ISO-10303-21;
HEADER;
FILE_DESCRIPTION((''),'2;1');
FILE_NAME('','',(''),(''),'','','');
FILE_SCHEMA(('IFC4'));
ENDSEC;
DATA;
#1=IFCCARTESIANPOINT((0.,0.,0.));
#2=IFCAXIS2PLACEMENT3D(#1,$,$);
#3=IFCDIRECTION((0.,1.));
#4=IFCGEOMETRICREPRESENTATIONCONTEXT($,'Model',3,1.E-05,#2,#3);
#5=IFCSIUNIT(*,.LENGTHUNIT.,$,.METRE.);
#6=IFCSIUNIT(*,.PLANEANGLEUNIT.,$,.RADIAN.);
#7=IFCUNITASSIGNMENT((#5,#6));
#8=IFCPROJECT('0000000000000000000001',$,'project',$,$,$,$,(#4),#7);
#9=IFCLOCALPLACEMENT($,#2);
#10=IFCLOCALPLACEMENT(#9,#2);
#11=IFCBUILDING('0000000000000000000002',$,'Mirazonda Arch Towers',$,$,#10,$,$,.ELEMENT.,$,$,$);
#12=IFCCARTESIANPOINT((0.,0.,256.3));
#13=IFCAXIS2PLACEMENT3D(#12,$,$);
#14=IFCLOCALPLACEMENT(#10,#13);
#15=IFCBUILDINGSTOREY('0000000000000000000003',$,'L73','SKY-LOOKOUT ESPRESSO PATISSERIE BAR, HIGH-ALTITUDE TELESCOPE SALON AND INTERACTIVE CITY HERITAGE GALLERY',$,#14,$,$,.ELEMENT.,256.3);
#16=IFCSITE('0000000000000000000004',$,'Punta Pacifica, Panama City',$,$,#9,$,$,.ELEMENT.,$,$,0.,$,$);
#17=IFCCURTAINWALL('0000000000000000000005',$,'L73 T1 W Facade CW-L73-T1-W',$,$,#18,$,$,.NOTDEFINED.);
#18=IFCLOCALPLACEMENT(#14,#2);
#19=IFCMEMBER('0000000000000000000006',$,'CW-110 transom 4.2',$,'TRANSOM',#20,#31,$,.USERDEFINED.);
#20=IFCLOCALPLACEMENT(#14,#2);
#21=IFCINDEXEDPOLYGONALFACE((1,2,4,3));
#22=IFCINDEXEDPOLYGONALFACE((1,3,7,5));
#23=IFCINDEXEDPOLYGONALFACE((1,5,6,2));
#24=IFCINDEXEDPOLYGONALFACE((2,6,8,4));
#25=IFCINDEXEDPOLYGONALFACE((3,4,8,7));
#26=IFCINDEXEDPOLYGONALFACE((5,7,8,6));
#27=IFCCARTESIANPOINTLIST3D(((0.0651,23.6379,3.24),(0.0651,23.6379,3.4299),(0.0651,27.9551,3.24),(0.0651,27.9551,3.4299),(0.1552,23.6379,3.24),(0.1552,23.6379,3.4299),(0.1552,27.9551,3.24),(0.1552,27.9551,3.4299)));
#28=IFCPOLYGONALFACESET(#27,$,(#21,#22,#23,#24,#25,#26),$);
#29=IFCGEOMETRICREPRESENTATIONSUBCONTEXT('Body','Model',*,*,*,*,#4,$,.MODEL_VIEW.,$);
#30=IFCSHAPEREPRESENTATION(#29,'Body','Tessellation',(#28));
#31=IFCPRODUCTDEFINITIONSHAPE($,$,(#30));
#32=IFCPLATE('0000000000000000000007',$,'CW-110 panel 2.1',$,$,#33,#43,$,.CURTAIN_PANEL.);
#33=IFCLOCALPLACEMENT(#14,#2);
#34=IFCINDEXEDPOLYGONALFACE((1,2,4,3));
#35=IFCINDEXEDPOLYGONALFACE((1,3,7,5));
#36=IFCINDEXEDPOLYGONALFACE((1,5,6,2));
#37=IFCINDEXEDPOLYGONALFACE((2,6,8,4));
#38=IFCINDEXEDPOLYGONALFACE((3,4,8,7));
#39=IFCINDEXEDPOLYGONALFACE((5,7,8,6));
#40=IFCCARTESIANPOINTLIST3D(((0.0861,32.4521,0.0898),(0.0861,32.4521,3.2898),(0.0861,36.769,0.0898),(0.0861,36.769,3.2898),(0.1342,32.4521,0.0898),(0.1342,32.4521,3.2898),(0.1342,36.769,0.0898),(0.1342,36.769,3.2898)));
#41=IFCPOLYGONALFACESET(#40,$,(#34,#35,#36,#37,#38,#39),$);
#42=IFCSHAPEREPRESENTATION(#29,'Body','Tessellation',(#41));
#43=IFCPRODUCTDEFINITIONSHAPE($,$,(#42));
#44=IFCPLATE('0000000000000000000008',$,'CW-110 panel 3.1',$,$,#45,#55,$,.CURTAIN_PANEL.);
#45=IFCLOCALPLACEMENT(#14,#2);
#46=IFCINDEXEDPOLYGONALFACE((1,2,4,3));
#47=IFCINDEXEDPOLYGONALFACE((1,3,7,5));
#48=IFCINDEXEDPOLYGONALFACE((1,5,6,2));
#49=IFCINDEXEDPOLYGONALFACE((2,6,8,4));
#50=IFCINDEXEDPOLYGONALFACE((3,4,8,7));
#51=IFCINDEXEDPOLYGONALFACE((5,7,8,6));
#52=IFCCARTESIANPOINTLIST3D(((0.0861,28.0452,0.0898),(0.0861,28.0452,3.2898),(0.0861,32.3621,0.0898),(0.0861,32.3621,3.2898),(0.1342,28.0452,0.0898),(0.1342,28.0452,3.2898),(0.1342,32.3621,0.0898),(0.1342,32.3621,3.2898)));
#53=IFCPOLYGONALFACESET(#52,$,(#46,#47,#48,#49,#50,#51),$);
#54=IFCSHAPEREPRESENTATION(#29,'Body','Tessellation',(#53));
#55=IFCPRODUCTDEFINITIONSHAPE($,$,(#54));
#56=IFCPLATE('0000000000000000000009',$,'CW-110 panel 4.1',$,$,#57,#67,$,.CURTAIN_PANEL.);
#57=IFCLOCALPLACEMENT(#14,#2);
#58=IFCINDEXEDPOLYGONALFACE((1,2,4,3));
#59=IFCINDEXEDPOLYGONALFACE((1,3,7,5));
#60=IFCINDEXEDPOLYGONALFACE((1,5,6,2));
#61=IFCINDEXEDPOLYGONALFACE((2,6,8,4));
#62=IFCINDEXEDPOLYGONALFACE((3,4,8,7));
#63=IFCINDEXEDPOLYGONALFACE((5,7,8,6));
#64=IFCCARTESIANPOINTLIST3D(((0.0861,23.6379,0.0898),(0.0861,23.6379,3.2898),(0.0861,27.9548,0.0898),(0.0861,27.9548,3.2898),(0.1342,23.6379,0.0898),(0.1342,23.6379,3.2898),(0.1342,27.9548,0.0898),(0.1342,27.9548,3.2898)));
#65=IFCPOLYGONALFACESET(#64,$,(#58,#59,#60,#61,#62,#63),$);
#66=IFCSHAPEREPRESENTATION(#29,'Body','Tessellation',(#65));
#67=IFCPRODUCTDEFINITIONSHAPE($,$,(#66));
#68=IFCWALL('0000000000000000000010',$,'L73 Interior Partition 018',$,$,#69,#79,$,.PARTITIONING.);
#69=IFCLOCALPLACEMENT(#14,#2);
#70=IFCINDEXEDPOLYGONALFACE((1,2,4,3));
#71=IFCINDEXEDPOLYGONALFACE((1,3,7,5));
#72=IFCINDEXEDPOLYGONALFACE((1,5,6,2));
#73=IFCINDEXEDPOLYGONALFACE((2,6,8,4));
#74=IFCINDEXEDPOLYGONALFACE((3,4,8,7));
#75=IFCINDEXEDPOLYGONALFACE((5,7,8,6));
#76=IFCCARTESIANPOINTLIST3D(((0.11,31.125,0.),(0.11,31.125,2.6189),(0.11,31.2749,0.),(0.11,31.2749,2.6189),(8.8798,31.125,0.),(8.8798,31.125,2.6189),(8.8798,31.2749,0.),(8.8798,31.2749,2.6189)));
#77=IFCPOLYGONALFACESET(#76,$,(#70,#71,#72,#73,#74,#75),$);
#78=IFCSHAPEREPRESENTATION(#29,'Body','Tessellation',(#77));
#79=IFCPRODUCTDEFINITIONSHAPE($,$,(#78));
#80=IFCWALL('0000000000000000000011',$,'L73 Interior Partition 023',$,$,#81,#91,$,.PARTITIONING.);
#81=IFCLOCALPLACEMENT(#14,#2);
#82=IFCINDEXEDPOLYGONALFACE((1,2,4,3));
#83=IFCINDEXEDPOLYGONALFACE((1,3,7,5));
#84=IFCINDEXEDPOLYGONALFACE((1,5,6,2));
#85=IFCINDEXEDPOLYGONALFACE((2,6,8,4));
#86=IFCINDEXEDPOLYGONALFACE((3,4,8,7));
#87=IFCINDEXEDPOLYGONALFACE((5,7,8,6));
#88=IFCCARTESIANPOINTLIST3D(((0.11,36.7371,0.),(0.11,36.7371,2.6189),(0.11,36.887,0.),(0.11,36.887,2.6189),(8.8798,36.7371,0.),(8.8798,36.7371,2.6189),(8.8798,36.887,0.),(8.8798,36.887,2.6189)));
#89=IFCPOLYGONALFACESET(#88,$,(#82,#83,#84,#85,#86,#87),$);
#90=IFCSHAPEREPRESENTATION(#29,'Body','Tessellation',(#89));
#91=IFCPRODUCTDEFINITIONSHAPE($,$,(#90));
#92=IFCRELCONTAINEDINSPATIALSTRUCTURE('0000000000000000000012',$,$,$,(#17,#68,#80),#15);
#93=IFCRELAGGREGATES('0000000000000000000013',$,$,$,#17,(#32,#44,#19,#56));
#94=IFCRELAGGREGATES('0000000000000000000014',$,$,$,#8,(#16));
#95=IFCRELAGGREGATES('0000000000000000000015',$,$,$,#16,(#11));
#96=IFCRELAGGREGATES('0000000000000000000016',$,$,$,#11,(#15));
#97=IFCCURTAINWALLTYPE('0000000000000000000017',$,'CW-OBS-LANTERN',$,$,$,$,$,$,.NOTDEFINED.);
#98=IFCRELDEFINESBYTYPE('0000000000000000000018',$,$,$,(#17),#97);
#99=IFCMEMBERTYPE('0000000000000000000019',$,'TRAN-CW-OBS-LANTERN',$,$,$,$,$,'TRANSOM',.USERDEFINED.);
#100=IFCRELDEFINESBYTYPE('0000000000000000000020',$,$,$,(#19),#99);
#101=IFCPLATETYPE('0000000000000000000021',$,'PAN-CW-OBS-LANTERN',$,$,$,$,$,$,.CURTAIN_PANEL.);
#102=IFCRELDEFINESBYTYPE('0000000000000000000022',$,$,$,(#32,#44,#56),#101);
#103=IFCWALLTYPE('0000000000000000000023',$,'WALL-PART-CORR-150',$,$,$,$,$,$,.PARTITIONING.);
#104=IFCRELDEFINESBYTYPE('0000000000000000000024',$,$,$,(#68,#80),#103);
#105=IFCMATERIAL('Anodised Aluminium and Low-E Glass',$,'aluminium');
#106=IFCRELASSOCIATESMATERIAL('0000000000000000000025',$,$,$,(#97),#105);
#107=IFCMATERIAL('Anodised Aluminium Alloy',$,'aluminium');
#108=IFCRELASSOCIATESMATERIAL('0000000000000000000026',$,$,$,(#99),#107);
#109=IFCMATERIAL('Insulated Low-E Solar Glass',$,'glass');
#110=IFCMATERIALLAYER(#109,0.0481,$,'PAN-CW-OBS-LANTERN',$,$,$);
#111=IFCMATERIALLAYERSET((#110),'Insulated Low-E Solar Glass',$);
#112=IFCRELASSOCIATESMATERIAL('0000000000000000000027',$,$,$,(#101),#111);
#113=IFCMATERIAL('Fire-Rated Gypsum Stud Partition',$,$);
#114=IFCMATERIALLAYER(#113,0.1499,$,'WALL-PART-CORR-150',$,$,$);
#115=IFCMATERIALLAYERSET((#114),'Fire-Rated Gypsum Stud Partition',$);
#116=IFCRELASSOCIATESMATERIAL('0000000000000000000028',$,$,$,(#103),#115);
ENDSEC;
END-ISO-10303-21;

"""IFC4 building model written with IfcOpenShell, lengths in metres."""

from ifc_helpers import new_model, si_unit, direction, frame, frame_2d, origin, origin_2d, place, context, subcontext, project, spatial, rectangle, extrude, material, layer, layer_set, material_profile, profile_set, type_object, element, aggregate, save


model = new_model("IFC4")

# Units and contexts
model_context = context("Model", 3, precision=1e-05, world=origin(), true_north=direction((0.0, 1.0)))
body_context = subcontext(model_context, "Body", "Model", "MODEL_VIEW")
ifc_project = project(units=[si_unit("LENGTHUNIT", "METRE"), si_unit("PLANEANGLEUNIT", "RADIAN")], contexts=[model_context])

# Site, building, storey
site_placement = place(None, origin())
site = spatial("IfcSite", under=ifc_project, at=site_placement, Name="Punta Pacifica, Panama City", CompositionType="ELEMENT", RefElevation=0.0)
building_placement = place(site_placement, origin())
building = spatial("IfcBuilding", under=site, at=building_placement, Name="Mirazonda Arch Towers", CompositionType="ELEMENT")
storey_placement = place(building_placement, frame((0.0, 0.0, 256.3)))
storey = spatial("IfcBuildingStorey", under=building, at=storey_placement, Name="L73", Description="SKY-LOOKOUT ESPRESSO PATISSERIE BAR, HIGH-ALTITUDE TELESCOPE SALON AND INTERACTIVE CITY HERITAGE GALLERY", CompositionType="ELEMENT", Elevation=256.3)

# Curtain wall, member, plates
ifc_material_1 = material(Name="Anodised Aluminium and Low-E Glass", Category="aluminium")
curtain_wall_type = type_object("IfcCurtainWallType", Name="CW-OBS-LANTERN", PredefinedType="NOTDEFINED", material=ifc_material_1)
curtain_wall_placement = place(storey_placement, origin())
curtain_wall = element("IfcCurtainWall", 1, at=curtain_wall_placement, inside=storey, type_object=curtain_wall_type, Name="L73 T1 W Facade CW-L73-T1-W", PredefinedType="NOTDEFINED")
ifc_material_2 = material(Name="Anodised Aluminium Alloy", Category="aluminium")
ifc_material_profile_1 = material_profile(ifc_material_2, rectangle(XDim=0.0901, YDim=0.1899, at=origin_2d()), Name="ALU-TRAN-90x190")
ifc_profile_set_1 = profile_set([ifc_material_profile_1], Name="Anodised Aluminium Alloy")
member_type_1 = type_object("IfcMemberType", Name="TRAN-CW-OBS-LANTERN", ElementType="TRANSOM", PredefinedType="USERDEFINED", material=ifc_profile_set_1)
member_1_placement = place(storey_placement, frame((0.1101, 27.9551, 3.335), z_axis=(0.0, -1.0, 0.0), x_axis=(1.0, 0.0, 0.0)))
member_1 = element("IfcMember", 2, at=member_1_placement, type_object=member_type_1, Name="CW-110 transom 4.2", ObjectType="TRANSOM", PredefinedType="USERDEFINED", context=body_context, shape_type="SweptSolid", body=[
    extrude(rectangle(XDim=0.0901, YDim=0.1899, at=origin_2d()), origin(), (0.0, 0.0, 1.0), 4.3171),
])
ifc_material_3 = material(Name="Insulated Low-E Solar Glass", Category="glass")
ifc_layer_1 = layer(ifc_material_3, 0.0481, Name="PAN-CW-OBS-LANTERN")
ifc_layer_set_1 = layer_set([ifc_layer_1], Name="Insulated Low-E Solar Glass")
plate_type = type_object("IfcPlateType", Name="PAN-CW-OBS-LANTERN", PredefinedType="CURTAIN_PANEL", material=ifc_layer_set_1)
plate_1_placement = place(storey_placement, frame((0.1101, 34.6106, 0.0898), z_axis=(0.0, 0.0, 1.0), x_axis=(0.0, -1.0, 0.0)))
plate_1 = element("IfcPlate", 3, at=plate_1_placement, type_object=plate_type, Name="CW-110 panel 2.1", PredefinedType="CURTAIN_PANEL", context=body_context, shape_type="SweptSolid", body=[
    extrude(rectangle(XDim=4.3169, YDim=0.0481, at=origin_2d()), origin(), (0.0, 0.0, 1.0), 3.2),
])
plate_2_placement = place(storey_placement, frame((0.1101, 30.2036, 0.0898), z_axis=(0.0, 0.0, 1.0), x_axis=(0.0, -1.0, 0.0)))
plate_2 = element("IfcPlate", 4, at=plate_2_placement, type_object=plate_type, Name="CW-110 panel 3.1", PredefinedType="CURTAIN_PANEL", context=body_context, shape_type="SweptSolid", body=[
    extrude(rectangle(XDim=4.3169, YDim=0.0481, at=origin_2d()), origin(), (0.0, 0.0, 1.0), 3.2),
])
plate_3_placement = place(storey_placement, frame((0.1101, 25.7964, 0.0898), z_axis=(0.0, 0.0, 1.0), x_axis=(0.0, -1.0, 0.0)))
plate_3 = element("IfcPlate", 5, at=plate_3_placement, type_object=plate_type, Name="CW-110 panel 4.1", PredefinedType="CURTAIN_PANEL", context=body_context, shape_type="SweptSolid", body=[
    extrude(rectangle(XDim=4.3169, YDim=0.0481, at=origin_2d()), origin(), (0.0, 0.0, 1.0), 3.2),
])
aggregate(curtain_wall, [plate_1, plate_2, member_1, plate_3])

# Walls
ifc_material_4 = material(Name="Fire-Rated Gypsum Stud Partition")
ifc_layer_2 = layer(ifc_material_4, 0.1499, Name="WALL-PART-CORR-150")
ifc_layer_set_2 = layer_set([ifc_layer_2], Name="Fire-Rated Gypsum Stud Partition")
wall_type = type_object("IfcWallType", Name="WALL-PART-CORR-150", PredefinedType="PARTITIONING", material=ifc_layer_set_2)
for number, where, z_axis, x_axis, name in (
    (6, (0.1101, 31.2, 0.0), (0.0, 0.0, 1.0), (1.0, 0.0, 0.0), "L73 Interior Partition 018"),
    (7, (0.1101, 36.812, 0.0), (0.0, 0.0, 1.0), (1.0, 0.0, 0.0), "L73 Interior Partition 023"),
):
    element("IfcWall", number, at=place(storey_placement, frame(where, z_axis=z_axis, x_axis=x_axis)), inside=storey, type_object=wall_type, Name=name, PredefinedType="PARTITIONING", context=body_context, shape_type="SweptSolid", body=[
        extrude(rectangle(XDim=8.7698, YDim=0.1499, at=frame_2d((4.3848, 0.0))), origin(), (0.0, 0.0, 1.0), 2.6189),
    ])

save(model, "model.ifc")
